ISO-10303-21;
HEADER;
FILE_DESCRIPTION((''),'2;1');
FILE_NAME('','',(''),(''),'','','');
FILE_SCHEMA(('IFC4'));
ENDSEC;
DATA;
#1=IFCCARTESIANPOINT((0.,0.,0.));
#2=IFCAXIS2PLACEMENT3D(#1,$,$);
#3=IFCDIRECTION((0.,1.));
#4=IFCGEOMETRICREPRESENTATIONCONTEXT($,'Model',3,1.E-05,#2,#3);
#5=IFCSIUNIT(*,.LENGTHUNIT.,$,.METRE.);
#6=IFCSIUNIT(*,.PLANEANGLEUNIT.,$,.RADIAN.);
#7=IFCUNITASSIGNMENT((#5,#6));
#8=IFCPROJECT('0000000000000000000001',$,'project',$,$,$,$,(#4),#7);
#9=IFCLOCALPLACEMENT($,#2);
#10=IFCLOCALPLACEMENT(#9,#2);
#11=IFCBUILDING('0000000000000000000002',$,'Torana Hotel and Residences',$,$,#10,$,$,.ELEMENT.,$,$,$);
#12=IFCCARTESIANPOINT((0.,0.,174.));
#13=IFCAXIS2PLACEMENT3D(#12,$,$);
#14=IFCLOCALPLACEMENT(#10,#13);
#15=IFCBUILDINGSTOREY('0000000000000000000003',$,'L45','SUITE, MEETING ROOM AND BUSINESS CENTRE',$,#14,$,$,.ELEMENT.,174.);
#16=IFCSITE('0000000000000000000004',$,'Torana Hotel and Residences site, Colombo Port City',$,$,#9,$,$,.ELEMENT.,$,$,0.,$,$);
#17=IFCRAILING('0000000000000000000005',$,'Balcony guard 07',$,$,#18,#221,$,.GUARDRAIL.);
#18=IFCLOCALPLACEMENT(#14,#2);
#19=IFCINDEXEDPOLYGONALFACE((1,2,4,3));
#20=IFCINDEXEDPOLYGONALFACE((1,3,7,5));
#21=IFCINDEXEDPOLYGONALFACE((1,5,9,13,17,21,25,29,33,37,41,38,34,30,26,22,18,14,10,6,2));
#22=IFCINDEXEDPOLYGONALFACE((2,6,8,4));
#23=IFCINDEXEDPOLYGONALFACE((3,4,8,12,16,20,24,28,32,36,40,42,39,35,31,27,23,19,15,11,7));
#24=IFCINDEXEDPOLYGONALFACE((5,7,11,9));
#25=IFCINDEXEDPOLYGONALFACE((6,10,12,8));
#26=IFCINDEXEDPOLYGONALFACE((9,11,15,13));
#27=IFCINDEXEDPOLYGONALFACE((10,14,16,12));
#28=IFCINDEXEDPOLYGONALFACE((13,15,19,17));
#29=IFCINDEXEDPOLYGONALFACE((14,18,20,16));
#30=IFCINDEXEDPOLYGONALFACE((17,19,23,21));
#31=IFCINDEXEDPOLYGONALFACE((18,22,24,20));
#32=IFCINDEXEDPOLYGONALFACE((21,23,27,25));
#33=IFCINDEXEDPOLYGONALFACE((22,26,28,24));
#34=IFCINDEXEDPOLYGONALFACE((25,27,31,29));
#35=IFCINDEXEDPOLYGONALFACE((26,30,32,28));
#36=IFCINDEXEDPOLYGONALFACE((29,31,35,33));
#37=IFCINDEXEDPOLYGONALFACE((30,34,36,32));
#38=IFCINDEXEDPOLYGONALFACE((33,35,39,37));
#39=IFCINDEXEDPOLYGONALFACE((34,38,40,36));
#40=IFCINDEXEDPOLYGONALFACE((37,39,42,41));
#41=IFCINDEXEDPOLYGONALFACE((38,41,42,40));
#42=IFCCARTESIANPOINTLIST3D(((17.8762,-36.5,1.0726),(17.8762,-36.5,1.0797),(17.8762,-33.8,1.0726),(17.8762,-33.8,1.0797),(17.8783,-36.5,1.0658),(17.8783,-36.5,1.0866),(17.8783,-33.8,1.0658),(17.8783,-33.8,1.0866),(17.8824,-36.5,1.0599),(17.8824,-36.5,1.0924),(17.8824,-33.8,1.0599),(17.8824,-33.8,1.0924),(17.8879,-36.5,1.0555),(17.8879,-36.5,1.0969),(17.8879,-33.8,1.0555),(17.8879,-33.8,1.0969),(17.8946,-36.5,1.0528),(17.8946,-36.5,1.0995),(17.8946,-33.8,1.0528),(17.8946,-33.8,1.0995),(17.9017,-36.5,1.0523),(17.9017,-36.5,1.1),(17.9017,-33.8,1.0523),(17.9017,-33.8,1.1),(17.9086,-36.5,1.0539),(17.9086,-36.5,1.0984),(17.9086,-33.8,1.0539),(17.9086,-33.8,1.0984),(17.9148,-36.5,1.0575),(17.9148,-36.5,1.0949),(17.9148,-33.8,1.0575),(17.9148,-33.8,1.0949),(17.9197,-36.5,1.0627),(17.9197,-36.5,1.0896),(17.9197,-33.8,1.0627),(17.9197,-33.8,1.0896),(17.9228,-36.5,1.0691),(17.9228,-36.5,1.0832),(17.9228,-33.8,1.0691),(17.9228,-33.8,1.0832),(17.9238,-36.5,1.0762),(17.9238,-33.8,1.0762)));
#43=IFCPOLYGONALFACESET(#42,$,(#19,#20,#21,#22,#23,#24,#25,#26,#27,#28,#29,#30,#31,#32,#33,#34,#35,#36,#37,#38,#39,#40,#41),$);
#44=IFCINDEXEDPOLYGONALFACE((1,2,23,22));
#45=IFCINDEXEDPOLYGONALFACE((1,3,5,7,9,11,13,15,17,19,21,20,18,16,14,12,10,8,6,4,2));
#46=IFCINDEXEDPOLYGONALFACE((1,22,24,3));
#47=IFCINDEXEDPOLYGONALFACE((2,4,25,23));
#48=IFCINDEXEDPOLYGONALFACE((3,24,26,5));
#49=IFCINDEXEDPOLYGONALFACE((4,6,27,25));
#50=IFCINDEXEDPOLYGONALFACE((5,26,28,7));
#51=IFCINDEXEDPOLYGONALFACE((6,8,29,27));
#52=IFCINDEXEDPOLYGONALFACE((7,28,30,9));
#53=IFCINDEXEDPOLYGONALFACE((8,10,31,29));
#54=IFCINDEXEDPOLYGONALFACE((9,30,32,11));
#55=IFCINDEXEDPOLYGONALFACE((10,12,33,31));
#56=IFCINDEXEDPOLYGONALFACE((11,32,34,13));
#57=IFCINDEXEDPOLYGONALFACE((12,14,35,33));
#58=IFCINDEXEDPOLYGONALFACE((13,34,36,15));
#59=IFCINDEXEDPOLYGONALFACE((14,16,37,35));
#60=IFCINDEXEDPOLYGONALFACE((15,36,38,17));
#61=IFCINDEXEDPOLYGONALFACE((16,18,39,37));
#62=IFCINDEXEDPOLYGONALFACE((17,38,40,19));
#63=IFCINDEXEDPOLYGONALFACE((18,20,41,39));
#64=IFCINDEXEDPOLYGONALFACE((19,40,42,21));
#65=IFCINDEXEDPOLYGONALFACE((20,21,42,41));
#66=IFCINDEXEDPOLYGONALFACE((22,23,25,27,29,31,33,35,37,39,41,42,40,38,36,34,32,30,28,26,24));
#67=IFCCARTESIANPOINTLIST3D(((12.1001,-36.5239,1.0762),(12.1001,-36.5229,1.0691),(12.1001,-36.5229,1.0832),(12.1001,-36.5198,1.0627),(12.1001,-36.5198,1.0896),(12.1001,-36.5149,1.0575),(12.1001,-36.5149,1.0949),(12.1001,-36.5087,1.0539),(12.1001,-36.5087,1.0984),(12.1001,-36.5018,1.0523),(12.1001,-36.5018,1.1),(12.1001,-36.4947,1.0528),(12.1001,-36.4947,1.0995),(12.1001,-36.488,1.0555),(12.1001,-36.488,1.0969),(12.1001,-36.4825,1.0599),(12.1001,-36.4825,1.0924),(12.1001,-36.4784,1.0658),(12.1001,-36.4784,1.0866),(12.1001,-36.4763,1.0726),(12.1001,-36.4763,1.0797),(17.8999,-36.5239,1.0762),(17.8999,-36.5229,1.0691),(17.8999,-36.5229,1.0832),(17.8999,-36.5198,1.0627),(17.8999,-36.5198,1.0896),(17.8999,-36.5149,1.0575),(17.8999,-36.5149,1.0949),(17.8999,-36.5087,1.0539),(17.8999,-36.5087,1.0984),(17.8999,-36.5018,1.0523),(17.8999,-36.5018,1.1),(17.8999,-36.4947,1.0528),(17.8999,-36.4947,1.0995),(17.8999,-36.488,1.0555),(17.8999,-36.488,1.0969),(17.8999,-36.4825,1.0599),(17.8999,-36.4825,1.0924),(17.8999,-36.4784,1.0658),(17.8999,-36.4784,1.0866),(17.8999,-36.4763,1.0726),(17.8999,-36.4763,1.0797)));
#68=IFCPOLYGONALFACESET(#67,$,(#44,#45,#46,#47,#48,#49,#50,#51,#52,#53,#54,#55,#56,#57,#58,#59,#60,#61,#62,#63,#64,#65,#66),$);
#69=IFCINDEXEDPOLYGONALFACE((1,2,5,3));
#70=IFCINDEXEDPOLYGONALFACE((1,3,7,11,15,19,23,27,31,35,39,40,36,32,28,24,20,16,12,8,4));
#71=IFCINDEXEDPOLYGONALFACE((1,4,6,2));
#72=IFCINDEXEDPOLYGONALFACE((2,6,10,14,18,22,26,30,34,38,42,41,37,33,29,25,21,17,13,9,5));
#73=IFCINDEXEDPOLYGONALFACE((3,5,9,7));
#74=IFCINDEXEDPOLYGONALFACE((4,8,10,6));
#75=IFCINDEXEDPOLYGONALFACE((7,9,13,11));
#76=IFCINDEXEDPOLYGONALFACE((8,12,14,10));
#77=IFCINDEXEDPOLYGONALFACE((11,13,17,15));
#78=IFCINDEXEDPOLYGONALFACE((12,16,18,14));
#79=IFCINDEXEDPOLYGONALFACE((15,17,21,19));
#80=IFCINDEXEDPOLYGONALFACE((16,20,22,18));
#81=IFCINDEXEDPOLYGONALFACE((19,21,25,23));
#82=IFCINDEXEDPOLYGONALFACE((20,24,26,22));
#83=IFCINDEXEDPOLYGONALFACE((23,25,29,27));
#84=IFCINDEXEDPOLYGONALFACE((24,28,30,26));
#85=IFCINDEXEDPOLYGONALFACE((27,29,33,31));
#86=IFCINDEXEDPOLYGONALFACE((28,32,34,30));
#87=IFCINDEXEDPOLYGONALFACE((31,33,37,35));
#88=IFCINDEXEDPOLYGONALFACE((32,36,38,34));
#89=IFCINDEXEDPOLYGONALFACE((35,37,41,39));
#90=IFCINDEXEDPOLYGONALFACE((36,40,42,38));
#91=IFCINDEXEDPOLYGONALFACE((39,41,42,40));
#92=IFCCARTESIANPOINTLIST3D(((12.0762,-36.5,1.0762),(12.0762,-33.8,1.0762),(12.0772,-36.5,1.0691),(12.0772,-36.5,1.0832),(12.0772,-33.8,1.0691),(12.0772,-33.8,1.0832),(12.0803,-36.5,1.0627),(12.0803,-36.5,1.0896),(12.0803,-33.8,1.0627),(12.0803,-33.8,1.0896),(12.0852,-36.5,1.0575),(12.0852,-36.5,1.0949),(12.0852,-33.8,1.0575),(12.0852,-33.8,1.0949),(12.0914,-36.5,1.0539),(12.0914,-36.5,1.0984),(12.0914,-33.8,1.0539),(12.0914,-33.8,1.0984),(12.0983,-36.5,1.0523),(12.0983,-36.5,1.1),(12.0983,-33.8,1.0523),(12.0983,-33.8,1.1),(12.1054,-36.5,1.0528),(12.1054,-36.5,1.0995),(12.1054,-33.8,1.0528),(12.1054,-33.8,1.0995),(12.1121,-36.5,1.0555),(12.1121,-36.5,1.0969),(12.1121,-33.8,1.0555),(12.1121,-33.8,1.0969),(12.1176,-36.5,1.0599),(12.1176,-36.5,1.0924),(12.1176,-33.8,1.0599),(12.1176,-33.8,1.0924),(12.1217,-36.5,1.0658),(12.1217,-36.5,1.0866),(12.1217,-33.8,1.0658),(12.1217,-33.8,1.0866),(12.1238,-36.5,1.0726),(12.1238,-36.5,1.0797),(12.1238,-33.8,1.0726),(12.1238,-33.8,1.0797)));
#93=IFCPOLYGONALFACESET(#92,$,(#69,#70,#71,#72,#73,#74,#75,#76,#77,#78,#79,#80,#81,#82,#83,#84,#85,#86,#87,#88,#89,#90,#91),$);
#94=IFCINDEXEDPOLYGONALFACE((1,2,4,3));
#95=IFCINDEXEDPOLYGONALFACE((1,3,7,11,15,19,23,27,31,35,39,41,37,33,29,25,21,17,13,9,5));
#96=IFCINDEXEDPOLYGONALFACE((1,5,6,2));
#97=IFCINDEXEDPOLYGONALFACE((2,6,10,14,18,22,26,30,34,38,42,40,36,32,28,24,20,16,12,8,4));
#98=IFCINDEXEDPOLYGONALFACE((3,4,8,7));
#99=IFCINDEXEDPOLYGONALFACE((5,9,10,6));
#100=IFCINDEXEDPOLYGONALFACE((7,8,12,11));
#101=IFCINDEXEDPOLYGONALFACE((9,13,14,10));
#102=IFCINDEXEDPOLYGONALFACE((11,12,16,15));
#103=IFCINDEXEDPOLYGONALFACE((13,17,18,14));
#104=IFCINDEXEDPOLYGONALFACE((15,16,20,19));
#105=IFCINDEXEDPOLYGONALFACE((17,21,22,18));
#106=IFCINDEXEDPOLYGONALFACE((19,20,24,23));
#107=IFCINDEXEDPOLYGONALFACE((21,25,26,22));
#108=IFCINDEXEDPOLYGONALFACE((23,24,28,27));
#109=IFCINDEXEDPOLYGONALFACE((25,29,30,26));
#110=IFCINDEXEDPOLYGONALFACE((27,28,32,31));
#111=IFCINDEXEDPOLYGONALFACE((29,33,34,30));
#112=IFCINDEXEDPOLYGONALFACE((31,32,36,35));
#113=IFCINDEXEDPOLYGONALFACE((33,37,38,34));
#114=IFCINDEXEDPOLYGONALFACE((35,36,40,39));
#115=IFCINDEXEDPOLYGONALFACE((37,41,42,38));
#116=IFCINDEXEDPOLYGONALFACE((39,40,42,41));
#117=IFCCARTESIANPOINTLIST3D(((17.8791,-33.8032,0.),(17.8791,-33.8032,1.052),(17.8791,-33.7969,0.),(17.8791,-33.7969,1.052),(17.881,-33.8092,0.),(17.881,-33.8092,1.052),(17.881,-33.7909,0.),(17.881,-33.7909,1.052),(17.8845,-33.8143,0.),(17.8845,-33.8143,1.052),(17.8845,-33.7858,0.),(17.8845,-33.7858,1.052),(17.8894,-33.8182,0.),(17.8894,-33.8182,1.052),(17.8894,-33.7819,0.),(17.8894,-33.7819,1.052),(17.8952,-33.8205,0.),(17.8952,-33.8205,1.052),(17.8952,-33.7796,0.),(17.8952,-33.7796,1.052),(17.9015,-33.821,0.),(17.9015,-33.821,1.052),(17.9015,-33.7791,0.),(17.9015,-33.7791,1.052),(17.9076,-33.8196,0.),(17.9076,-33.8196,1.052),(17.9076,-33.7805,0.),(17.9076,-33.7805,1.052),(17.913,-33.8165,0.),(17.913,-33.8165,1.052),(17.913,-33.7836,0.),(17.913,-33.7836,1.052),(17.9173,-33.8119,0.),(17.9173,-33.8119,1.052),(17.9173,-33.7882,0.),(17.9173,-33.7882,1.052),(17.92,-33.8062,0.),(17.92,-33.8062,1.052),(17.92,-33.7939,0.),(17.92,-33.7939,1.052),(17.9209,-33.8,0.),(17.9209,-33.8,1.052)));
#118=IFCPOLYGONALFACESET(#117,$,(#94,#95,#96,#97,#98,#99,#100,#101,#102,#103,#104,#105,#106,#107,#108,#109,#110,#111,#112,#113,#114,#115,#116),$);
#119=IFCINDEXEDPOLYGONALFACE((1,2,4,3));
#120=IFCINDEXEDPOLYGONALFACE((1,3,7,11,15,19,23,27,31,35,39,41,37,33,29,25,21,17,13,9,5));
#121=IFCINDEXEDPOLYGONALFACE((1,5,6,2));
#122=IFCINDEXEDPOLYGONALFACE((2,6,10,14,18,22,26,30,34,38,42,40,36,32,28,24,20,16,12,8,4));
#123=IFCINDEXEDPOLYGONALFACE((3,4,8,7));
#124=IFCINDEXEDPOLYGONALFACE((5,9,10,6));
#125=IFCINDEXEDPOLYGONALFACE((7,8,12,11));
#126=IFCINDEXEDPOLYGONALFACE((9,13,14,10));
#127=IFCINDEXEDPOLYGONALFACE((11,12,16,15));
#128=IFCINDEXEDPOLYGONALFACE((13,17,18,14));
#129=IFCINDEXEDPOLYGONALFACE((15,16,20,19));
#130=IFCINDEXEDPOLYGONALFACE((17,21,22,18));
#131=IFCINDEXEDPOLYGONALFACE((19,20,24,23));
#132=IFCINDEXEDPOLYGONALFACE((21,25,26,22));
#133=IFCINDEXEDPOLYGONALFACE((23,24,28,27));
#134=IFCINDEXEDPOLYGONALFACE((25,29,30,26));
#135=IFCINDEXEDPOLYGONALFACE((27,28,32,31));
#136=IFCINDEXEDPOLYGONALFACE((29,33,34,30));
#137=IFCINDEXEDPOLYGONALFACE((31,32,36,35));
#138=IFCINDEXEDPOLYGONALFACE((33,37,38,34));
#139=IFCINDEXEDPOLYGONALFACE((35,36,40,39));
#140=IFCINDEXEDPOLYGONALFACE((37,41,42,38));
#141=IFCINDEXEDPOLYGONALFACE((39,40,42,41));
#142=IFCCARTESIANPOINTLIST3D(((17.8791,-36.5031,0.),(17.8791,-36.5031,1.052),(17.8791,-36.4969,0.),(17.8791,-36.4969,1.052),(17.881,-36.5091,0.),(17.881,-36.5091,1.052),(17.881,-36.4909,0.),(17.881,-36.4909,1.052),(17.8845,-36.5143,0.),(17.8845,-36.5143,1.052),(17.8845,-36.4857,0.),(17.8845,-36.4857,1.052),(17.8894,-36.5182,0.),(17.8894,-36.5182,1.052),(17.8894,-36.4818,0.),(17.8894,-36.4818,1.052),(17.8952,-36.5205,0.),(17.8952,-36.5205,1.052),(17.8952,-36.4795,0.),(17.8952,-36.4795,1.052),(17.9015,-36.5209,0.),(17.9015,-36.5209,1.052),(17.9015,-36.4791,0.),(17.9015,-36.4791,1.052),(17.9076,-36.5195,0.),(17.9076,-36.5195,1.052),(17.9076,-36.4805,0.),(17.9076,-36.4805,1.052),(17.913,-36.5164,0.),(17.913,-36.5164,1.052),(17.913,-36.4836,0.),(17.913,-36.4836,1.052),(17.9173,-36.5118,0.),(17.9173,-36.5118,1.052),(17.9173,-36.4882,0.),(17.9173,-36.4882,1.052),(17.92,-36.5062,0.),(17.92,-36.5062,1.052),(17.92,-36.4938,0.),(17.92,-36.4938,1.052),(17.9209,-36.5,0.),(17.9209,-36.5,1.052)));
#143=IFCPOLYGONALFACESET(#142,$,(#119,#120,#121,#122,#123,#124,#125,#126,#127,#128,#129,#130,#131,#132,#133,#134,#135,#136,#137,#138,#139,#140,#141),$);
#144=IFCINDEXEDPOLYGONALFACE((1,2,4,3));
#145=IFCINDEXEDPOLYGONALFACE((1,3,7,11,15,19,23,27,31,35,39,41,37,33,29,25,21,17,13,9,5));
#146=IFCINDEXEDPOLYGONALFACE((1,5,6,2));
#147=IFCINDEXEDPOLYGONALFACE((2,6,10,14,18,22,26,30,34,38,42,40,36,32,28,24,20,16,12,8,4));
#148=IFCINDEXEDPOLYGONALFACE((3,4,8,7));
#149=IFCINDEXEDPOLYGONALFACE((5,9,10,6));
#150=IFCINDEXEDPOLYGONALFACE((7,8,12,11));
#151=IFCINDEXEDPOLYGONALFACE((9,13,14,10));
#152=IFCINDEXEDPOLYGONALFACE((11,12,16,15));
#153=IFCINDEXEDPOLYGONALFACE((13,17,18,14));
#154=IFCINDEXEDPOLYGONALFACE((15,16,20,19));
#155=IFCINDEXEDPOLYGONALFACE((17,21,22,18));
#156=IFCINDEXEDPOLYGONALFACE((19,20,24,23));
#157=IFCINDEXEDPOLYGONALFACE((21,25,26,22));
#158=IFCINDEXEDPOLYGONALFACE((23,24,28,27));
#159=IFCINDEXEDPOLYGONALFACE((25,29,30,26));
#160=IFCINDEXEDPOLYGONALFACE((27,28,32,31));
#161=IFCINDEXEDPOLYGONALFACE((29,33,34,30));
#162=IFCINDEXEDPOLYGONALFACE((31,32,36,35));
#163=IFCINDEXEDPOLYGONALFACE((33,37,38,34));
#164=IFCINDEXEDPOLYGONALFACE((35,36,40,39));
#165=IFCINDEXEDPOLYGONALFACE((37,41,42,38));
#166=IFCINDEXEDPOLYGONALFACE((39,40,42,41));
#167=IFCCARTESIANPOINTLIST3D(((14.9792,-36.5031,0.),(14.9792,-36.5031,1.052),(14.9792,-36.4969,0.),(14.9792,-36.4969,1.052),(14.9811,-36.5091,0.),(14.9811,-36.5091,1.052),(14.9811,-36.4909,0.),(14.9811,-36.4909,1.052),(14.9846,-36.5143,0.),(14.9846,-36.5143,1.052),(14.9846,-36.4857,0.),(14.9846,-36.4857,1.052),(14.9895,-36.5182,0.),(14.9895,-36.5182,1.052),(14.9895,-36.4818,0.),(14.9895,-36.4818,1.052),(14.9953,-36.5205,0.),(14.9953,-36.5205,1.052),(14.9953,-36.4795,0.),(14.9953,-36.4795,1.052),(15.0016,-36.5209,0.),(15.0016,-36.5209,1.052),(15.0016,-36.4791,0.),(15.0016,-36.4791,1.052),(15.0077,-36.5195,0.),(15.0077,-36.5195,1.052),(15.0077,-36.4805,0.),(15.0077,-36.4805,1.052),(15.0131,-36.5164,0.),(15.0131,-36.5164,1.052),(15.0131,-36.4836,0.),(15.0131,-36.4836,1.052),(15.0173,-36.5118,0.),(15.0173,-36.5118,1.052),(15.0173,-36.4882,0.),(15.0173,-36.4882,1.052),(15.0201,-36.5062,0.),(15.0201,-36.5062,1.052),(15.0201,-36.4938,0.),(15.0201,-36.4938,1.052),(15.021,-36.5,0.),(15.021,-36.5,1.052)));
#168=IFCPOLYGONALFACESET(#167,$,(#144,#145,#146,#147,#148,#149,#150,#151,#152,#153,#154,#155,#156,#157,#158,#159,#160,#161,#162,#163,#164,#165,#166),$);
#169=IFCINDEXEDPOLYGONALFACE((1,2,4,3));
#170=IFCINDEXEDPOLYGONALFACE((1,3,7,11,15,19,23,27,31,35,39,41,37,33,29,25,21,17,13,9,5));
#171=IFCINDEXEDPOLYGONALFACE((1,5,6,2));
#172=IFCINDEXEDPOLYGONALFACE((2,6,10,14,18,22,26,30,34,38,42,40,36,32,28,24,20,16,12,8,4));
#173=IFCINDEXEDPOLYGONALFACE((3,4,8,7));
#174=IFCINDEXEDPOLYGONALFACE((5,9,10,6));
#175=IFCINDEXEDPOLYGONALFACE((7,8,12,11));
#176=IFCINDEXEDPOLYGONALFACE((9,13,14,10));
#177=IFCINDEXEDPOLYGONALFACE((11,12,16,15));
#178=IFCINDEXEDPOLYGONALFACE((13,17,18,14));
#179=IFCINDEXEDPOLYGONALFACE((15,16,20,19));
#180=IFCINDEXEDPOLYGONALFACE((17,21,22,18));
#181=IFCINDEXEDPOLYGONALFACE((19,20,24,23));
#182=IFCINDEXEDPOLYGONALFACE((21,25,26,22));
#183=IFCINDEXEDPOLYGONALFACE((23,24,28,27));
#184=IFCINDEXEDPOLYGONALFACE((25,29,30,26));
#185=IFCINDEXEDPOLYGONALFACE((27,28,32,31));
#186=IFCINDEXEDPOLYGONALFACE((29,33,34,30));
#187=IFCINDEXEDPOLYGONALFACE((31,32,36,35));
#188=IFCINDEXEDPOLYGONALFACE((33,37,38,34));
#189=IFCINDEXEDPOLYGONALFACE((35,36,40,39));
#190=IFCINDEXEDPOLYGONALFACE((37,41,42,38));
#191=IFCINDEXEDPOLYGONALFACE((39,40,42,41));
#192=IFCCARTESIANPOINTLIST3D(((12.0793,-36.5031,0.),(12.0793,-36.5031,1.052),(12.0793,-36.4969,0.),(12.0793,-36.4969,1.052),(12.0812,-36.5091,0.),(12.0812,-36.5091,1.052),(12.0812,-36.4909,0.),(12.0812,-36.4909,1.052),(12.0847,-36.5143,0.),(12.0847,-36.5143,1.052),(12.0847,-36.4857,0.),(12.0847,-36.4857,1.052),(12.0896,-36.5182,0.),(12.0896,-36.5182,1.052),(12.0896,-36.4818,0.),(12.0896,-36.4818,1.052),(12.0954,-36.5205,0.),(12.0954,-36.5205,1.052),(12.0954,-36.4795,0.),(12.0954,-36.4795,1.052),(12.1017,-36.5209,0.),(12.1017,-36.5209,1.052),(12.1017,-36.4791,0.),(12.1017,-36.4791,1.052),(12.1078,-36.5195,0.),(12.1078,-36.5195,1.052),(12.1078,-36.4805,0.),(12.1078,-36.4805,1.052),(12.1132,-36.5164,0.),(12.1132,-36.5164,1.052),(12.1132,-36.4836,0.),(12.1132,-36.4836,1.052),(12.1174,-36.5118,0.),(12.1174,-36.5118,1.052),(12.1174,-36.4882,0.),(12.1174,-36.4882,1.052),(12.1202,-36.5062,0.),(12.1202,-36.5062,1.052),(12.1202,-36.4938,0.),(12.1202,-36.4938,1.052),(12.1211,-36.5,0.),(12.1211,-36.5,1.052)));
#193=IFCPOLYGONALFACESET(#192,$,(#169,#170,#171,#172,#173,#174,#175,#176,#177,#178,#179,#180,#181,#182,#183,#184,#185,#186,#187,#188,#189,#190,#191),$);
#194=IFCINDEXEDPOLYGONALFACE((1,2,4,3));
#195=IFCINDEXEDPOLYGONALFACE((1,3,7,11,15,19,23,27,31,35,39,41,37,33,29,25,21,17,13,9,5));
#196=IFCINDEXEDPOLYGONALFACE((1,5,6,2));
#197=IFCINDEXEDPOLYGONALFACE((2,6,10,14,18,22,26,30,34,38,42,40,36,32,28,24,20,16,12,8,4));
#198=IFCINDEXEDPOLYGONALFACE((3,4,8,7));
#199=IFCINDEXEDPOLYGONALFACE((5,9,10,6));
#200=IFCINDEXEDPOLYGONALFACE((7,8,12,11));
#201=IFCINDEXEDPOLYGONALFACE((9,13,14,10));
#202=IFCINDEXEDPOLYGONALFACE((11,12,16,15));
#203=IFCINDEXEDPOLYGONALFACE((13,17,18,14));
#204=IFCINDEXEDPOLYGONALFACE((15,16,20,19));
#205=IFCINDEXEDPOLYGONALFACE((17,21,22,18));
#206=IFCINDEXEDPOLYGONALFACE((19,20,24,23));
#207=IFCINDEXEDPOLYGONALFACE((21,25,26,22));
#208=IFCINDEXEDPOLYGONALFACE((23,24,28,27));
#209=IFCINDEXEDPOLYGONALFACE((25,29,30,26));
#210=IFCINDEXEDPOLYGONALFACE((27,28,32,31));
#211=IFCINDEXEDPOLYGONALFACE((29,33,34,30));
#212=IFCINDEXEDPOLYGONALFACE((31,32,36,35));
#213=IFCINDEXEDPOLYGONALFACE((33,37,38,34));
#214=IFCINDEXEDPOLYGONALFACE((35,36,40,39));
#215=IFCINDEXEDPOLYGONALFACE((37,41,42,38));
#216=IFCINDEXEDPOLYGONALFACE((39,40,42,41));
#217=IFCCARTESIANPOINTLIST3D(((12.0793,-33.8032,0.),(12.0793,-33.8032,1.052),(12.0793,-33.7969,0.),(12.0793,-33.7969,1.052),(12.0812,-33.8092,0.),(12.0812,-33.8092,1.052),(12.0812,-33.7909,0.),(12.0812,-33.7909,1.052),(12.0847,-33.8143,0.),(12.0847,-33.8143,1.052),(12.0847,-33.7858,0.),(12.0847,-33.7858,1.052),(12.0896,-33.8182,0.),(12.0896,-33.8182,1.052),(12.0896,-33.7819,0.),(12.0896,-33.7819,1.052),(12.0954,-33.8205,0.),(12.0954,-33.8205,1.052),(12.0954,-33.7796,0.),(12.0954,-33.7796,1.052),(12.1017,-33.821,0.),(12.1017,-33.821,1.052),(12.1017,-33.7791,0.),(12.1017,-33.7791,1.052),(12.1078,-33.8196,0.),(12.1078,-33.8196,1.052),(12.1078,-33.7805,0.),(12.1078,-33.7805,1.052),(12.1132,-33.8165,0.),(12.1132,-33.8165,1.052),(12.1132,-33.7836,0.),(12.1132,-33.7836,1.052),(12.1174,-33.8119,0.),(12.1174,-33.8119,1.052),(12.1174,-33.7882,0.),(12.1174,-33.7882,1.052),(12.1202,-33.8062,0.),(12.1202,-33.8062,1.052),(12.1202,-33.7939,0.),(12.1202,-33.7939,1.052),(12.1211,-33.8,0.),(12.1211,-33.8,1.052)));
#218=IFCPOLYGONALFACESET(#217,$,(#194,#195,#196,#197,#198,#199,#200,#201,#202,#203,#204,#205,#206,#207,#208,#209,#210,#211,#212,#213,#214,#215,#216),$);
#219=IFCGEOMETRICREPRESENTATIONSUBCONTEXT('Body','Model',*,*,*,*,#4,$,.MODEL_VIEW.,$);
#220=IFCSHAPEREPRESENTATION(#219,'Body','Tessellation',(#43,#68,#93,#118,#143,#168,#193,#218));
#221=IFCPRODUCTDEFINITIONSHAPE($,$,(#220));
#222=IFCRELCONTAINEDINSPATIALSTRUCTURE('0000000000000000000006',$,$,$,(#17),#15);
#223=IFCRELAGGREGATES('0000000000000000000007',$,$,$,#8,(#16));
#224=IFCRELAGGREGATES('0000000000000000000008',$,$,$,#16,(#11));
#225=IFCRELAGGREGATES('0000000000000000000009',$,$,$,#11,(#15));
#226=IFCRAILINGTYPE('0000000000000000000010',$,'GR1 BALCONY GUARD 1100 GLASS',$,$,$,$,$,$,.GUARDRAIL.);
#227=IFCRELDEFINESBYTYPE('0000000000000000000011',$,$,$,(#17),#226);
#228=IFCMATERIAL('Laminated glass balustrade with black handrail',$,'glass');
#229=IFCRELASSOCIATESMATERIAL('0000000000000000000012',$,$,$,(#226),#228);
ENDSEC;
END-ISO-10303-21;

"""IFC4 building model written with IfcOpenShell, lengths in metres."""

from ifc_helpers import new_model, si_unit, direction, frame, origin, origin_2d, place, context, subcontext, project, spatial, circle, extrude, material, type_object, element, save


model = new_model("IFC4")

# Units and contexts
model_context = context("Model", 3, precision=1e-05, world=origin(), true_north=direction((0.0, 1.0)))
body_context = subcontext(model_context, "Body", "Model", "MODEL_VIEW")
ifc_project = project(units=[si_unit("LENGTHUNIT", "METRE"), si_unit("PLANEANGLEUNIT", "RADIAN")], contexts=[model_context])

# Site, building, storey
site_placement = place(None, origin())
site = spatial("IfcSite", under=ifc_project, at=site_placement, Name="Torana Hotel and Residences site, Colombo Port City", CompositionType="ELEMENT", RefElevation=0.0)
building_placement = place(site_placement, origin())
building = spatial("IfcBuilding", under=site, at=building_placement, Name="Torana Hotel and Residences", CompositionType="ELEMENT")
storey_placement = place(building_placement, frame((0.0, 0.0, 174.0)))
storey = spatial("IfcBuildingStorey", under=building, at=storey_placement, Name="L45", Description="SUITE, MEETING ROOM AND BUSINESS CENTRE", CompositionType="ELEMENT", Elevation=174.0)

# Railing
ifc_material_1 = material(Name="Laminated glass balustrade with black handrail", Category="glass")
railing_type = type_object("IfcRailingType", Name="GR1 BALCONY GUARD 1100 GLASS", PredefinedType="GUARDRAIL", material=ifc_material_1)
railing_1_placement = place(storey_placement, frame((17.8999, -33.8, 0.0)))
element("IfcRailing", 1, at=railing_1_placement, inside=storey, type_object=railing_type, Name="Balcony guard 07", PredefinedType="GUARDRAIL", context=body_context, shape_type="SweptSolid", body=[
    extrude(circle(Radius=0.0239, at=origin_2d()), frame((0.0, 0.0, 1.0762), z_axis=(0.0, -1.0, 0.0), x_axis=(1.0, 0.0, 0.0)), (0.0, 0.0, 1.0), 2.7),
    extrude(circle(Radius=0.0239, at=origin_2d()), frame((0.0, -2.7, 1.0762), z_axis=(-1.0, 0.0, 0.0), x_axis=(0.0, -1.0, 0.0)), (0.0, 0.0, 1.0), 5.7998),
    extrude(circle(Radius=0.0239, at=origin_2d()), frame((-5.7998, -2.7, 1.0762), z_axis=(0.0, 1.0, 0.0), x_axis=(-1.0, 0.0, 0.0)), (0.0, 0.0, 1.0), 2.7),
    extrude(circle(Radius=0.021, at=origin_2d()), origin(), (0.0, 0.0, 1.0), 1.052),
    extrude(circle(Radius=0.021, at=origin_2d()), frame((0.0, -2.7, 0.0)), (0.0, 0.0, 1.0), 1.052),
    extrude(circle(Radius=0.021, at=origin_2d()), frame((-2.8999, -2.7, 0.0)), (0.0, 0.0, 1.0), 1.052),
    extrude(circle(Radius=0.021, at=origin_2d()), frame((-5.7998, -2.7, 0.0)), (0.0, 0.0, 1.0), 1.052),
    extrude(circle(Radius=0.021, at=origin_2d()), frame((-5.7998, 0.0, 0.0)), (0.0, 0.0, 1.0), 1.052),
])

save(model, "model.ifc")
